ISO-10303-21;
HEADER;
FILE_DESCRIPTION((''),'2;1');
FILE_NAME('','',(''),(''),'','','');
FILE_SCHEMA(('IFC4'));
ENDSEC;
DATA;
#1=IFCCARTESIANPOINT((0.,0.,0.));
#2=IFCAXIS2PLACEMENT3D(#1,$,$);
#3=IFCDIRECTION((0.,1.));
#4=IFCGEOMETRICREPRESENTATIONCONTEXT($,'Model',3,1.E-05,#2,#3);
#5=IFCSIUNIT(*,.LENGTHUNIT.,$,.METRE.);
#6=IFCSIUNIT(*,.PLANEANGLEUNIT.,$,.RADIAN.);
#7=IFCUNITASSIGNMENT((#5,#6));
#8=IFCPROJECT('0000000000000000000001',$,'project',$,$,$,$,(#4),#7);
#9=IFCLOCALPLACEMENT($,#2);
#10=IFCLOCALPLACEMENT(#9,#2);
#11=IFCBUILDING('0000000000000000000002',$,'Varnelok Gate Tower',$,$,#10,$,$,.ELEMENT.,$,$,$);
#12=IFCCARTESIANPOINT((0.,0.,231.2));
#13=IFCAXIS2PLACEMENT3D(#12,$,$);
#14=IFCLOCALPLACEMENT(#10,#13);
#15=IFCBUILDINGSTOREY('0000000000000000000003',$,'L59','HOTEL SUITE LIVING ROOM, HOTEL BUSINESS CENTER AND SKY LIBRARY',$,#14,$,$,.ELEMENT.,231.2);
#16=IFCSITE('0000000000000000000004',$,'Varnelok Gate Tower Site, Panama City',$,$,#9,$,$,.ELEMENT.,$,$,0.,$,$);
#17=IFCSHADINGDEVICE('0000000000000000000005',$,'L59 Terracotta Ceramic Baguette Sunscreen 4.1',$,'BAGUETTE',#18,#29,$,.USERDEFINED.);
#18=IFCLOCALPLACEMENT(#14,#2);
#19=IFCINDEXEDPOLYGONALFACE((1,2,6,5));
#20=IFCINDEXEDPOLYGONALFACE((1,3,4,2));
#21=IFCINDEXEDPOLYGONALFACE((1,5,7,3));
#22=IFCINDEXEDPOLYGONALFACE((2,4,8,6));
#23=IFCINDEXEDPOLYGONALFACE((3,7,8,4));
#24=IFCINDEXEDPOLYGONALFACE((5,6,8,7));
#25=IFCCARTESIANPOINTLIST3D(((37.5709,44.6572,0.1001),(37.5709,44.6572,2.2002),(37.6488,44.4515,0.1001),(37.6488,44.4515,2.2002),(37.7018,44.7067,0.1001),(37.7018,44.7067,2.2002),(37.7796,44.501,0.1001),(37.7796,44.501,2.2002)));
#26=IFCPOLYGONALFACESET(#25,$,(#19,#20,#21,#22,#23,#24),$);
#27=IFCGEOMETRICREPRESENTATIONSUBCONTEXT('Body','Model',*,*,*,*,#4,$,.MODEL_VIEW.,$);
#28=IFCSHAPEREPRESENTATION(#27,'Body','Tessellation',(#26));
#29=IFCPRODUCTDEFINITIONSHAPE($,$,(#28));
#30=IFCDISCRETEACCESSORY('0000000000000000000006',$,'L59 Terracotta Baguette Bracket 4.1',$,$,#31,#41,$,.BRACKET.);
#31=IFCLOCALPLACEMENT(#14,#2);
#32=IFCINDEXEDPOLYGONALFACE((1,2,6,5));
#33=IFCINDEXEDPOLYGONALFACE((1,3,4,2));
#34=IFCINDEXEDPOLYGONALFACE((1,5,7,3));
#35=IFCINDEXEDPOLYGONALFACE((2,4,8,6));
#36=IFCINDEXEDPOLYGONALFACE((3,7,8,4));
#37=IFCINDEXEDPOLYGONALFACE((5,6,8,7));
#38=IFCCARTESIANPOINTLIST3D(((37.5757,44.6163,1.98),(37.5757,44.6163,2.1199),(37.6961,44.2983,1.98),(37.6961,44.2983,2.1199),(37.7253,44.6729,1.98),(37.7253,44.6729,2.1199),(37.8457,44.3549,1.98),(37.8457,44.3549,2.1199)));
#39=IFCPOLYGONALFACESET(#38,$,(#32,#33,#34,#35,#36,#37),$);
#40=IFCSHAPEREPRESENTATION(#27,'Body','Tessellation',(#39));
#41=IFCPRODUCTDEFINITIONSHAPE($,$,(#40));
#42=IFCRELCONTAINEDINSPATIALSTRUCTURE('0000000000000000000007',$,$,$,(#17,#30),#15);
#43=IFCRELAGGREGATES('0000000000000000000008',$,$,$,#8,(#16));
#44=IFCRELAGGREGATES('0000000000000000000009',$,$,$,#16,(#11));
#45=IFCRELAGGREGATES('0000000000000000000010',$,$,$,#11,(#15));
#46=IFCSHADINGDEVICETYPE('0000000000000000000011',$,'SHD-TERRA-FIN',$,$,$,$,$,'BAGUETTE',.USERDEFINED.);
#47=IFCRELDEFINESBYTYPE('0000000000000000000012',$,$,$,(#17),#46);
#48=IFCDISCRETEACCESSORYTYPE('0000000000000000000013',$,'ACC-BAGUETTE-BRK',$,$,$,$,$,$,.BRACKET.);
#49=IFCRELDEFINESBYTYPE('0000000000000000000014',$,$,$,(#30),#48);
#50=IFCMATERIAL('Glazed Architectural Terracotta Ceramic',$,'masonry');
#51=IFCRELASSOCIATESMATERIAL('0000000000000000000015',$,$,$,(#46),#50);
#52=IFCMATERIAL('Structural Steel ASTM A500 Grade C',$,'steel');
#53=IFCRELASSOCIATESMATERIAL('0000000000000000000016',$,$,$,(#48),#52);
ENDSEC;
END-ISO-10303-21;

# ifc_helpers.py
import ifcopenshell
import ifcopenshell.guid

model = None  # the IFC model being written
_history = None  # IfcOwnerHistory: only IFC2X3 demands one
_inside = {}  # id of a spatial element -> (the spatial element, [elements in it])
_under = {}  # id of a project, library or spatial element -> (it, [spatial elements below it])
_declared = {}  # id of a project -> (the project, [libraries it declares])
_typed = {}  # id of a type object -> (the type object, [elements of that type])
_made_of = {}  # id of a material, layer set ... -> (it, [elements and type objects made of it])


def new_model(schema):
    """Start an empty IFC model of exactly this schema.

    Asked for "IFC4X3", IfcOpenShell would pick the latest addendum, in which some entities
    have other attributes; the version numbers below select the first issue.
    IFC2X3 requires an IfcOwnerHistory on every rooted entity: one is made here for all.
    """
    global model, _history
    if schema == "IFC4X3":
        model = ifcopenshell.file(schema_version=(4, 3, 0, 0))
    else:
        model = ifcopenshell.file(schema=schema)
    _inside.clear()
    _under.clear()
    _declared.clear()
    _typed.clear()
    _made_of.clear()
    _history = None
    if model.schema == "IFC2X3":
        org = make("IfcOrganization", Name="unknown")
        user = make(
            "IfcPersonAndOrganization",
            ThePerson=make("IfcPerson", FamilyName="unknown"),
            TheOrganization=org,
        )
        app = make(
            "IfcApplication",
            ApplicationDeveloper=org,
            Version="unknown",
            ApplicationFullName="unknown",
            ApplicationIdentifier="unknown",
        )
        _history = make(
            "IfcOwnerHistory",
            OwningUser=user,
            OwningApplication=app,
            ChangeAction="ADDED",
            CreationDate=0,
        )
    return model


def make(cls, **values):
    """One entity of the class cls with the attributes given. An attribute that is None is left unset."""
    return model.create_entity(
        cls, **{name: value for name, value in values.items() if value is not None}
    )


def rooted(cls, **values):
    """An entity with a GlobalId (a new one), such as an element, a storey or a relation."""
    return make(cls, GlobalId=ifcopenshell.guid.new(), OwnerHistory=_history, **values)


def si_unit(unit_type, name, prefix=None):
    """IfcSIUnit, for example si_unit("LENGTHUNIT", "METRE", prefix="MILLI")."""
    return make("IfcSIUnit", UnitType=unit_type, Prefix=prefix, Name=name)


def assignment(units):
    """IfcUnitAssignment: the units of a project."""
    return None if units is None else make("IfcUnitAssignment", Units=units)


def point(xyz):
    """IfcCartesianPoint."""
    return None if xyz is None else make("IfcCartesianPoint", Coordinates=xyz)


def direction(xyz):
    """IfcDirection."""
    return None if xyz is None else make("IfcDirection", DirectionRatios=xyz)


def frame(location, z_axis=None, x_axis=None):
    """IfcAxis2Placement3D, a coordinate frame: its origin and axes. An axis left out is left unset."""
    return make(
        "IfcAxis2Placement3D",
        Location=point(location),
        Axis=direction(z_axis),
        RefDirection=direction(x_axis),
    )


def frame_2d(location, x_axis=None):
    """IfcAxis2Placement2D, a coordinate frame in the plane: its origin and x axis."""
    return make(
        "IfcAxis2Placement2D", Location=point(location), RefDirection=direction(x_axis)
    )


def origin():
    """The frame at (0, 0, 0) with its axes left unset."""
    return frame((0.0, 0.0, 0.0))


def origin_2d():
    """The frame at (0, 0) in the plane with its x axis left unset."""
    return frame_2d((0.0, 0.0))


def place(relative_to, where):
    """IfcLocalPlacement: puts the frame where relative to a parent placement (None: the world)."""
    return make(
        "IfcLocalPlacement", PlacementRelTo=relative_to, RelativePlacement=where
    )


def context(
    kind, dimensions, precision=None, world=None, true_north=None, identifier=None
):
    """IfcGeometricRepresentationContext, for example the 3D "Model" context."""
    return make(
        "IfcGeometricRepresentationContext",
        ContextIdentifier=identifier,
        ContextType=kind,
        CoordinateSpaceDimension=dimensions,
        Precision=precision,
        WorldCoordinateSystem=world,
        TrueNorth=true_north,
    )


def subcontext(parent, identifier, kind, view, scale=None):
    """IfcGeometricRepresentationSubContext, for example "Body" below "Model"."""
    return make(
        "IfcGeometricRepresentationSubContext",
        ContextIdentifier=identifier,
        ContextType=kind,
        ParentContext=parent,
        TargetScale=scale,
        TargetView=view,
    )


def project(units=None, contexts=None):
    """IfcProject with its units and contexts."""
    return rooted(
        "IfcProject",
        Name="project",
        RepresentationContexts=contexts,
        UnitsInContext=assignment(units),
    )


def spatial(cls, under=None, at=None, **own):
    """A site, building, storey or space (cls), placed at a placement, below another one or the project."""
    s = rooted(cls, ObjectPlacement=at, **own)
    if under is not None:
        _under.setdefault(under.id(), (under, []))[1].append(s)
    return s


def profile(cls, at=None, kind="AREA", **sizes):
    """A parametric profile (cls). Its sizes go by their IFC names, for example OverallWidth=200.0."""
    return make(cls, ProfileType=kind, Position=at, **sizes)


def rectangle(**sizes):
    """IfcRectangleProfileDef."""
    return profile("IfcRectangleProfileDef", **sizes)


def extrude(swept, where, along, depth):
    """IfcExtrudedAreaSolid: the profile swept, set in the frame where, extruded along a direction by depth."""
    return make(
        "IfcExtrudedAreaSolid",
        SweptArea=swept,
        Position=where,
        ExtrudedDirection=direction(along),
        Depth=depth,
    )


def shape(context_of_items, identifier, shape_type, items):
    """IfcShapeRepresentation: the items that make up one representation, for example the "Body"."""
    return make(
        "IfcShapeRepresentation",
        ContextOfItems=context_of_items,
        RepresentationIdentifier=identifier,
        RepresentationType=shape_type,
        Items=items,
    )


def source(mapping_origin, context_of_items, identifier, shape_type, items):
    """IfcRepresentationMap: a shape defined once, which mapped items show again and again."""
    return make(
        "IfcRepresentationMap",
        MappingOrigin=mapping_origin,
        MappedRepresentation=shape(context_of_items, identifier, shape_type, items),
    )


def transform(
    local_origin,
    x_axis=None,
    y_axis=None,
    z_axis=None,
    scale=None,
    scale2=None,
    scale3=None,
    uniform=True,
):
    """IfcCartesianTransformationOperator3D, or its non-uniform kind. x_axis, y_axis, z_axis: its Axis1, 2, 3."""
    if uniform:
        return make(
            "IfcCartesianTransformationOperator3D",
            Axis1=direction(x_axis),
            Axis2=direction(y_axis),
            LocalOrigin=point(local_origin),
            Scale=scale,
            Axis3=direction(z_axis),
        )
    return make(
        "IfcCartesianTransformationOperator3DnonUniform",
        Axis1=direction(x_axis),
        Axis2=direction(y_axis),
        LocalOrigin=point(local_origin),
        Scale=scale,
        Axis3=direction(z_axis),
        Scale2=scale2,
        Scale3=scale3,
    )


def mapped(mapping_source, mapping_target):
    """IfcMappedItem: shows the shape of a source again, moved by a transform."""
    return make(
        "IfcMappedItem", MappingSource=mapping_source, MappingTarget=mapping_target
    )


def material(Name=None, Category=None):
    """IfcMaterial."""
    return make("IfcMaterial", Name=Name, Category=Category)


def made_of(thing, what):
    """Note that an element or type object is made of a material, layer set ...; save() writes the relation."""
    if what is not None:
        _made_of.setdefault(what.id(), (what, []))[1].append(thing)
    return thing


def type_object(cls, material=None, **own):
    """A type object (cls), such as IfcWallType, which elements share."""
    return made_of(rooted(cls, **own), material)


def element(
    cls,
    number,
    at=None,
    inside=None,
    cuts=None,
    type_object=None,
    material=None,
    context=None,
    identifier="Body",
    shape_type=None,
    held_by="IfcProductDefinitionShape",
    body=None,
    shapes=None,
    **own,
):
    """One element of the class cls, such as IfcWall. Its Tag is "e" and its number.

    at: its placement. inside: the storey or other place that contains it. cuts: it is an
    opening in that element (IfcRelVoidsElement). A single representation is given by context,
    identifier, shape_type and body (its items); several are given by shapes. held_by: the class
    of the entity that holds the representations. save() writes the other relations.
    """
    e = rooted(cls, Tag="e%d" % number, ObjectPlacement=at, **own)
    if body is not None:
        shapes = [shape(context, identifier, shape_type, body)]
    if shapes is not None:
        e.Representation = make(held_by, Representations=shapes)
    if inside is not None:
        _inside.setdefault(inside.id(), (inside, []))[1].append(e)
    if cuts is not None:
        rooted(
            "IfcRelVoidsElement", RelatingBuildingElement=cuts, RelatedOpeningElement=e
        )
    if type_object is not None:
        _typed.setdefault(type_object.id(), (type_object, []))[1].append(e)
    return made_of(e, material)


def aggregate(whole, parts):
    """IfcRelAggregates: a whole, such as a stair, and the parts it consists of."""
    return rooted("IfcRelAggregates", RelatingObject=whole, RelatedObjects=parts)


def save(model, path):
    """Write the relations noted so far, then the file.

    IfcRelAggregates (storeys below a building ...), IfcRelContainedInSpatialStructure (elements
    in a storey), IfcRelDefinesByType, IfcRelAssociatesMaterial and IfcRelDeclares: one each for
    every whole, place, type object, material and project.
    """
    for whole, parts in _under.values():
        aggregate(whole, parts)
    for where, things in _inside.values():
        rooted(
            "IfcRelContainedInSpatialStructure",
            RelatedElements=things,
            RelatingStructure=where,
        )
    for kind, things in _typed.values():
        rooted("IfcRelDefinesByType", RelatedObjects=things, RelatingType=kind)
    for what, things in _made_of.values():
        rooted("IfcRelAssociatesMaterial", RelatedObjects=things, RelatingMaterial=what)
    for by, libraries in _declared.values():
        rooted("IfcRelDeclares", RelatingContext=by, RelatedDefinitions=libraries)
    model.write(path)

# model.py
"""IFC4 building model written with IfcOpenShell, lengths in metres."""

from ifc_helpers import new_model, si_unit, direction, frame, origin, origin_2d, place, context, subcontext, project, spatial, rectangle, extrude, source, transform, mapped, material, type_object, element, save


model = new_model("IFC4")

# Units and contexts
model_context = context("Model", 3, precision=1e-05, world=origin(), true_north=direction((0.0, 1.0)))
body_context = subcontext(model_context, "Body", "Model", "MODEL_VIEW")
ifc_project = project(units=[si_unit("LENGTHUNIT", "METRE"), si_unit("PLANEANGLEUNIT", "RADIAN")], contexts=[model_context])

# Site, building, storey
site_placement = place(None, origin())
site = spatial("IfcSite", under=ifc_project, at=site_placement, Name="Varnelok Gate Tower Site, Panama City", CompositionType="ELEMENT", RefElevation=0.0)
building_placement = place(site_placement, origin())
building = spatial("IfcBuilding", under=site, at=building_placement, Name="Varnelok Gate Tower", CompositionType="ELEMENT")
storey_placement = place(building_placement, frame((0.0, 0.0, 231.2)))
storey = spatial("IfcBuildingStorey", under=building, at=storey_placement, Name="L59", Description="HOTEL SUITE LIVING ROOM, HOTEL BUSINESS CENTER AND SKY LIBRARY", CompositionType="ELEMENT", Elevation=231.2)

# Shading device
ifc_material_1 = material(Name="Glazed Architectural Terracotta Ceramic", Category="masonry")
shading_device_type = type_object("IfcShadingDeviceType", Name="SHD-TERRA-FIN", ElementType="BAGUETTE", PredefinedType="USERDEFINED", material=ifc_material_1)
shared_shape_1 = source(origin(), body_context, "Body", "SweptSolid", [
    extrude(rectangle(XDim=0.1399, YDim=0.22, at=origin_2d()), origin(), (0.0, 0.0, 1.0), 2.1001),
])
shading_device_placement = place(storey_placement, frame((37.6753, 44.5791, 0.1001), z_axis=(0.0, 0.0, 1.0), x_axis=(0.935222, 0.354063, 0.0)))
element("IfcShadingDevice", 1, at=shading_device_placement, inside=storey, type_object=shading_device_type, Name="L59 Terracotta Ceramic Baguette Sunscreen 4.1", ObjectType="BAGUETTE", PredefinedType="USERDEFINED", context=body_context, shape_type="MappedRepresentation", body=[
    mapped(shared_shape_1, transform((0.0, 0.0, 0.0), scale=1.0)),
])

# Discrete accessory
ifc_material_2 = material(Name="Structural Steel ASTM A500 Grade C", Category="steel")
discrete_accessory_type = type_object("IfcDiscreteAccessoryType", Name="ACC-BAGUETTE-BRK", PredefinedType="BRACKET", material=ifc_material_2)
shared_shape_2 = source(origin(), body_context, "Body", "SweptSolid", [
    extrude(rectangle(XDim=0.1599, YDim=0.3401, at=origin_2d()), origin(), (0.0, 0.0, 1.0), 0.1399),
])
discrete_accessory_placement = place(storey_placement, frame((37.7107, 44.4856, 1.98), z_axis=(0.0, 0.0, 1.0), x_axis=(0.935222, 0.354063, 0.0)))
element("IfcDiscreteAccessory", 2, at=discrete_accessory_placement, inside=storey, type_object=discrete_accessory_type, Name="L59 Terracotta Baguette Bracket 4.1", PredefinedType="BRACKET", context=body_context, shape_type="MappedRepresentation", body=[
    mapped(shared_shape_2, transform((0.0, 0.0, 0.0), scale=1.0)),
])

save(model, "model.ifc")
